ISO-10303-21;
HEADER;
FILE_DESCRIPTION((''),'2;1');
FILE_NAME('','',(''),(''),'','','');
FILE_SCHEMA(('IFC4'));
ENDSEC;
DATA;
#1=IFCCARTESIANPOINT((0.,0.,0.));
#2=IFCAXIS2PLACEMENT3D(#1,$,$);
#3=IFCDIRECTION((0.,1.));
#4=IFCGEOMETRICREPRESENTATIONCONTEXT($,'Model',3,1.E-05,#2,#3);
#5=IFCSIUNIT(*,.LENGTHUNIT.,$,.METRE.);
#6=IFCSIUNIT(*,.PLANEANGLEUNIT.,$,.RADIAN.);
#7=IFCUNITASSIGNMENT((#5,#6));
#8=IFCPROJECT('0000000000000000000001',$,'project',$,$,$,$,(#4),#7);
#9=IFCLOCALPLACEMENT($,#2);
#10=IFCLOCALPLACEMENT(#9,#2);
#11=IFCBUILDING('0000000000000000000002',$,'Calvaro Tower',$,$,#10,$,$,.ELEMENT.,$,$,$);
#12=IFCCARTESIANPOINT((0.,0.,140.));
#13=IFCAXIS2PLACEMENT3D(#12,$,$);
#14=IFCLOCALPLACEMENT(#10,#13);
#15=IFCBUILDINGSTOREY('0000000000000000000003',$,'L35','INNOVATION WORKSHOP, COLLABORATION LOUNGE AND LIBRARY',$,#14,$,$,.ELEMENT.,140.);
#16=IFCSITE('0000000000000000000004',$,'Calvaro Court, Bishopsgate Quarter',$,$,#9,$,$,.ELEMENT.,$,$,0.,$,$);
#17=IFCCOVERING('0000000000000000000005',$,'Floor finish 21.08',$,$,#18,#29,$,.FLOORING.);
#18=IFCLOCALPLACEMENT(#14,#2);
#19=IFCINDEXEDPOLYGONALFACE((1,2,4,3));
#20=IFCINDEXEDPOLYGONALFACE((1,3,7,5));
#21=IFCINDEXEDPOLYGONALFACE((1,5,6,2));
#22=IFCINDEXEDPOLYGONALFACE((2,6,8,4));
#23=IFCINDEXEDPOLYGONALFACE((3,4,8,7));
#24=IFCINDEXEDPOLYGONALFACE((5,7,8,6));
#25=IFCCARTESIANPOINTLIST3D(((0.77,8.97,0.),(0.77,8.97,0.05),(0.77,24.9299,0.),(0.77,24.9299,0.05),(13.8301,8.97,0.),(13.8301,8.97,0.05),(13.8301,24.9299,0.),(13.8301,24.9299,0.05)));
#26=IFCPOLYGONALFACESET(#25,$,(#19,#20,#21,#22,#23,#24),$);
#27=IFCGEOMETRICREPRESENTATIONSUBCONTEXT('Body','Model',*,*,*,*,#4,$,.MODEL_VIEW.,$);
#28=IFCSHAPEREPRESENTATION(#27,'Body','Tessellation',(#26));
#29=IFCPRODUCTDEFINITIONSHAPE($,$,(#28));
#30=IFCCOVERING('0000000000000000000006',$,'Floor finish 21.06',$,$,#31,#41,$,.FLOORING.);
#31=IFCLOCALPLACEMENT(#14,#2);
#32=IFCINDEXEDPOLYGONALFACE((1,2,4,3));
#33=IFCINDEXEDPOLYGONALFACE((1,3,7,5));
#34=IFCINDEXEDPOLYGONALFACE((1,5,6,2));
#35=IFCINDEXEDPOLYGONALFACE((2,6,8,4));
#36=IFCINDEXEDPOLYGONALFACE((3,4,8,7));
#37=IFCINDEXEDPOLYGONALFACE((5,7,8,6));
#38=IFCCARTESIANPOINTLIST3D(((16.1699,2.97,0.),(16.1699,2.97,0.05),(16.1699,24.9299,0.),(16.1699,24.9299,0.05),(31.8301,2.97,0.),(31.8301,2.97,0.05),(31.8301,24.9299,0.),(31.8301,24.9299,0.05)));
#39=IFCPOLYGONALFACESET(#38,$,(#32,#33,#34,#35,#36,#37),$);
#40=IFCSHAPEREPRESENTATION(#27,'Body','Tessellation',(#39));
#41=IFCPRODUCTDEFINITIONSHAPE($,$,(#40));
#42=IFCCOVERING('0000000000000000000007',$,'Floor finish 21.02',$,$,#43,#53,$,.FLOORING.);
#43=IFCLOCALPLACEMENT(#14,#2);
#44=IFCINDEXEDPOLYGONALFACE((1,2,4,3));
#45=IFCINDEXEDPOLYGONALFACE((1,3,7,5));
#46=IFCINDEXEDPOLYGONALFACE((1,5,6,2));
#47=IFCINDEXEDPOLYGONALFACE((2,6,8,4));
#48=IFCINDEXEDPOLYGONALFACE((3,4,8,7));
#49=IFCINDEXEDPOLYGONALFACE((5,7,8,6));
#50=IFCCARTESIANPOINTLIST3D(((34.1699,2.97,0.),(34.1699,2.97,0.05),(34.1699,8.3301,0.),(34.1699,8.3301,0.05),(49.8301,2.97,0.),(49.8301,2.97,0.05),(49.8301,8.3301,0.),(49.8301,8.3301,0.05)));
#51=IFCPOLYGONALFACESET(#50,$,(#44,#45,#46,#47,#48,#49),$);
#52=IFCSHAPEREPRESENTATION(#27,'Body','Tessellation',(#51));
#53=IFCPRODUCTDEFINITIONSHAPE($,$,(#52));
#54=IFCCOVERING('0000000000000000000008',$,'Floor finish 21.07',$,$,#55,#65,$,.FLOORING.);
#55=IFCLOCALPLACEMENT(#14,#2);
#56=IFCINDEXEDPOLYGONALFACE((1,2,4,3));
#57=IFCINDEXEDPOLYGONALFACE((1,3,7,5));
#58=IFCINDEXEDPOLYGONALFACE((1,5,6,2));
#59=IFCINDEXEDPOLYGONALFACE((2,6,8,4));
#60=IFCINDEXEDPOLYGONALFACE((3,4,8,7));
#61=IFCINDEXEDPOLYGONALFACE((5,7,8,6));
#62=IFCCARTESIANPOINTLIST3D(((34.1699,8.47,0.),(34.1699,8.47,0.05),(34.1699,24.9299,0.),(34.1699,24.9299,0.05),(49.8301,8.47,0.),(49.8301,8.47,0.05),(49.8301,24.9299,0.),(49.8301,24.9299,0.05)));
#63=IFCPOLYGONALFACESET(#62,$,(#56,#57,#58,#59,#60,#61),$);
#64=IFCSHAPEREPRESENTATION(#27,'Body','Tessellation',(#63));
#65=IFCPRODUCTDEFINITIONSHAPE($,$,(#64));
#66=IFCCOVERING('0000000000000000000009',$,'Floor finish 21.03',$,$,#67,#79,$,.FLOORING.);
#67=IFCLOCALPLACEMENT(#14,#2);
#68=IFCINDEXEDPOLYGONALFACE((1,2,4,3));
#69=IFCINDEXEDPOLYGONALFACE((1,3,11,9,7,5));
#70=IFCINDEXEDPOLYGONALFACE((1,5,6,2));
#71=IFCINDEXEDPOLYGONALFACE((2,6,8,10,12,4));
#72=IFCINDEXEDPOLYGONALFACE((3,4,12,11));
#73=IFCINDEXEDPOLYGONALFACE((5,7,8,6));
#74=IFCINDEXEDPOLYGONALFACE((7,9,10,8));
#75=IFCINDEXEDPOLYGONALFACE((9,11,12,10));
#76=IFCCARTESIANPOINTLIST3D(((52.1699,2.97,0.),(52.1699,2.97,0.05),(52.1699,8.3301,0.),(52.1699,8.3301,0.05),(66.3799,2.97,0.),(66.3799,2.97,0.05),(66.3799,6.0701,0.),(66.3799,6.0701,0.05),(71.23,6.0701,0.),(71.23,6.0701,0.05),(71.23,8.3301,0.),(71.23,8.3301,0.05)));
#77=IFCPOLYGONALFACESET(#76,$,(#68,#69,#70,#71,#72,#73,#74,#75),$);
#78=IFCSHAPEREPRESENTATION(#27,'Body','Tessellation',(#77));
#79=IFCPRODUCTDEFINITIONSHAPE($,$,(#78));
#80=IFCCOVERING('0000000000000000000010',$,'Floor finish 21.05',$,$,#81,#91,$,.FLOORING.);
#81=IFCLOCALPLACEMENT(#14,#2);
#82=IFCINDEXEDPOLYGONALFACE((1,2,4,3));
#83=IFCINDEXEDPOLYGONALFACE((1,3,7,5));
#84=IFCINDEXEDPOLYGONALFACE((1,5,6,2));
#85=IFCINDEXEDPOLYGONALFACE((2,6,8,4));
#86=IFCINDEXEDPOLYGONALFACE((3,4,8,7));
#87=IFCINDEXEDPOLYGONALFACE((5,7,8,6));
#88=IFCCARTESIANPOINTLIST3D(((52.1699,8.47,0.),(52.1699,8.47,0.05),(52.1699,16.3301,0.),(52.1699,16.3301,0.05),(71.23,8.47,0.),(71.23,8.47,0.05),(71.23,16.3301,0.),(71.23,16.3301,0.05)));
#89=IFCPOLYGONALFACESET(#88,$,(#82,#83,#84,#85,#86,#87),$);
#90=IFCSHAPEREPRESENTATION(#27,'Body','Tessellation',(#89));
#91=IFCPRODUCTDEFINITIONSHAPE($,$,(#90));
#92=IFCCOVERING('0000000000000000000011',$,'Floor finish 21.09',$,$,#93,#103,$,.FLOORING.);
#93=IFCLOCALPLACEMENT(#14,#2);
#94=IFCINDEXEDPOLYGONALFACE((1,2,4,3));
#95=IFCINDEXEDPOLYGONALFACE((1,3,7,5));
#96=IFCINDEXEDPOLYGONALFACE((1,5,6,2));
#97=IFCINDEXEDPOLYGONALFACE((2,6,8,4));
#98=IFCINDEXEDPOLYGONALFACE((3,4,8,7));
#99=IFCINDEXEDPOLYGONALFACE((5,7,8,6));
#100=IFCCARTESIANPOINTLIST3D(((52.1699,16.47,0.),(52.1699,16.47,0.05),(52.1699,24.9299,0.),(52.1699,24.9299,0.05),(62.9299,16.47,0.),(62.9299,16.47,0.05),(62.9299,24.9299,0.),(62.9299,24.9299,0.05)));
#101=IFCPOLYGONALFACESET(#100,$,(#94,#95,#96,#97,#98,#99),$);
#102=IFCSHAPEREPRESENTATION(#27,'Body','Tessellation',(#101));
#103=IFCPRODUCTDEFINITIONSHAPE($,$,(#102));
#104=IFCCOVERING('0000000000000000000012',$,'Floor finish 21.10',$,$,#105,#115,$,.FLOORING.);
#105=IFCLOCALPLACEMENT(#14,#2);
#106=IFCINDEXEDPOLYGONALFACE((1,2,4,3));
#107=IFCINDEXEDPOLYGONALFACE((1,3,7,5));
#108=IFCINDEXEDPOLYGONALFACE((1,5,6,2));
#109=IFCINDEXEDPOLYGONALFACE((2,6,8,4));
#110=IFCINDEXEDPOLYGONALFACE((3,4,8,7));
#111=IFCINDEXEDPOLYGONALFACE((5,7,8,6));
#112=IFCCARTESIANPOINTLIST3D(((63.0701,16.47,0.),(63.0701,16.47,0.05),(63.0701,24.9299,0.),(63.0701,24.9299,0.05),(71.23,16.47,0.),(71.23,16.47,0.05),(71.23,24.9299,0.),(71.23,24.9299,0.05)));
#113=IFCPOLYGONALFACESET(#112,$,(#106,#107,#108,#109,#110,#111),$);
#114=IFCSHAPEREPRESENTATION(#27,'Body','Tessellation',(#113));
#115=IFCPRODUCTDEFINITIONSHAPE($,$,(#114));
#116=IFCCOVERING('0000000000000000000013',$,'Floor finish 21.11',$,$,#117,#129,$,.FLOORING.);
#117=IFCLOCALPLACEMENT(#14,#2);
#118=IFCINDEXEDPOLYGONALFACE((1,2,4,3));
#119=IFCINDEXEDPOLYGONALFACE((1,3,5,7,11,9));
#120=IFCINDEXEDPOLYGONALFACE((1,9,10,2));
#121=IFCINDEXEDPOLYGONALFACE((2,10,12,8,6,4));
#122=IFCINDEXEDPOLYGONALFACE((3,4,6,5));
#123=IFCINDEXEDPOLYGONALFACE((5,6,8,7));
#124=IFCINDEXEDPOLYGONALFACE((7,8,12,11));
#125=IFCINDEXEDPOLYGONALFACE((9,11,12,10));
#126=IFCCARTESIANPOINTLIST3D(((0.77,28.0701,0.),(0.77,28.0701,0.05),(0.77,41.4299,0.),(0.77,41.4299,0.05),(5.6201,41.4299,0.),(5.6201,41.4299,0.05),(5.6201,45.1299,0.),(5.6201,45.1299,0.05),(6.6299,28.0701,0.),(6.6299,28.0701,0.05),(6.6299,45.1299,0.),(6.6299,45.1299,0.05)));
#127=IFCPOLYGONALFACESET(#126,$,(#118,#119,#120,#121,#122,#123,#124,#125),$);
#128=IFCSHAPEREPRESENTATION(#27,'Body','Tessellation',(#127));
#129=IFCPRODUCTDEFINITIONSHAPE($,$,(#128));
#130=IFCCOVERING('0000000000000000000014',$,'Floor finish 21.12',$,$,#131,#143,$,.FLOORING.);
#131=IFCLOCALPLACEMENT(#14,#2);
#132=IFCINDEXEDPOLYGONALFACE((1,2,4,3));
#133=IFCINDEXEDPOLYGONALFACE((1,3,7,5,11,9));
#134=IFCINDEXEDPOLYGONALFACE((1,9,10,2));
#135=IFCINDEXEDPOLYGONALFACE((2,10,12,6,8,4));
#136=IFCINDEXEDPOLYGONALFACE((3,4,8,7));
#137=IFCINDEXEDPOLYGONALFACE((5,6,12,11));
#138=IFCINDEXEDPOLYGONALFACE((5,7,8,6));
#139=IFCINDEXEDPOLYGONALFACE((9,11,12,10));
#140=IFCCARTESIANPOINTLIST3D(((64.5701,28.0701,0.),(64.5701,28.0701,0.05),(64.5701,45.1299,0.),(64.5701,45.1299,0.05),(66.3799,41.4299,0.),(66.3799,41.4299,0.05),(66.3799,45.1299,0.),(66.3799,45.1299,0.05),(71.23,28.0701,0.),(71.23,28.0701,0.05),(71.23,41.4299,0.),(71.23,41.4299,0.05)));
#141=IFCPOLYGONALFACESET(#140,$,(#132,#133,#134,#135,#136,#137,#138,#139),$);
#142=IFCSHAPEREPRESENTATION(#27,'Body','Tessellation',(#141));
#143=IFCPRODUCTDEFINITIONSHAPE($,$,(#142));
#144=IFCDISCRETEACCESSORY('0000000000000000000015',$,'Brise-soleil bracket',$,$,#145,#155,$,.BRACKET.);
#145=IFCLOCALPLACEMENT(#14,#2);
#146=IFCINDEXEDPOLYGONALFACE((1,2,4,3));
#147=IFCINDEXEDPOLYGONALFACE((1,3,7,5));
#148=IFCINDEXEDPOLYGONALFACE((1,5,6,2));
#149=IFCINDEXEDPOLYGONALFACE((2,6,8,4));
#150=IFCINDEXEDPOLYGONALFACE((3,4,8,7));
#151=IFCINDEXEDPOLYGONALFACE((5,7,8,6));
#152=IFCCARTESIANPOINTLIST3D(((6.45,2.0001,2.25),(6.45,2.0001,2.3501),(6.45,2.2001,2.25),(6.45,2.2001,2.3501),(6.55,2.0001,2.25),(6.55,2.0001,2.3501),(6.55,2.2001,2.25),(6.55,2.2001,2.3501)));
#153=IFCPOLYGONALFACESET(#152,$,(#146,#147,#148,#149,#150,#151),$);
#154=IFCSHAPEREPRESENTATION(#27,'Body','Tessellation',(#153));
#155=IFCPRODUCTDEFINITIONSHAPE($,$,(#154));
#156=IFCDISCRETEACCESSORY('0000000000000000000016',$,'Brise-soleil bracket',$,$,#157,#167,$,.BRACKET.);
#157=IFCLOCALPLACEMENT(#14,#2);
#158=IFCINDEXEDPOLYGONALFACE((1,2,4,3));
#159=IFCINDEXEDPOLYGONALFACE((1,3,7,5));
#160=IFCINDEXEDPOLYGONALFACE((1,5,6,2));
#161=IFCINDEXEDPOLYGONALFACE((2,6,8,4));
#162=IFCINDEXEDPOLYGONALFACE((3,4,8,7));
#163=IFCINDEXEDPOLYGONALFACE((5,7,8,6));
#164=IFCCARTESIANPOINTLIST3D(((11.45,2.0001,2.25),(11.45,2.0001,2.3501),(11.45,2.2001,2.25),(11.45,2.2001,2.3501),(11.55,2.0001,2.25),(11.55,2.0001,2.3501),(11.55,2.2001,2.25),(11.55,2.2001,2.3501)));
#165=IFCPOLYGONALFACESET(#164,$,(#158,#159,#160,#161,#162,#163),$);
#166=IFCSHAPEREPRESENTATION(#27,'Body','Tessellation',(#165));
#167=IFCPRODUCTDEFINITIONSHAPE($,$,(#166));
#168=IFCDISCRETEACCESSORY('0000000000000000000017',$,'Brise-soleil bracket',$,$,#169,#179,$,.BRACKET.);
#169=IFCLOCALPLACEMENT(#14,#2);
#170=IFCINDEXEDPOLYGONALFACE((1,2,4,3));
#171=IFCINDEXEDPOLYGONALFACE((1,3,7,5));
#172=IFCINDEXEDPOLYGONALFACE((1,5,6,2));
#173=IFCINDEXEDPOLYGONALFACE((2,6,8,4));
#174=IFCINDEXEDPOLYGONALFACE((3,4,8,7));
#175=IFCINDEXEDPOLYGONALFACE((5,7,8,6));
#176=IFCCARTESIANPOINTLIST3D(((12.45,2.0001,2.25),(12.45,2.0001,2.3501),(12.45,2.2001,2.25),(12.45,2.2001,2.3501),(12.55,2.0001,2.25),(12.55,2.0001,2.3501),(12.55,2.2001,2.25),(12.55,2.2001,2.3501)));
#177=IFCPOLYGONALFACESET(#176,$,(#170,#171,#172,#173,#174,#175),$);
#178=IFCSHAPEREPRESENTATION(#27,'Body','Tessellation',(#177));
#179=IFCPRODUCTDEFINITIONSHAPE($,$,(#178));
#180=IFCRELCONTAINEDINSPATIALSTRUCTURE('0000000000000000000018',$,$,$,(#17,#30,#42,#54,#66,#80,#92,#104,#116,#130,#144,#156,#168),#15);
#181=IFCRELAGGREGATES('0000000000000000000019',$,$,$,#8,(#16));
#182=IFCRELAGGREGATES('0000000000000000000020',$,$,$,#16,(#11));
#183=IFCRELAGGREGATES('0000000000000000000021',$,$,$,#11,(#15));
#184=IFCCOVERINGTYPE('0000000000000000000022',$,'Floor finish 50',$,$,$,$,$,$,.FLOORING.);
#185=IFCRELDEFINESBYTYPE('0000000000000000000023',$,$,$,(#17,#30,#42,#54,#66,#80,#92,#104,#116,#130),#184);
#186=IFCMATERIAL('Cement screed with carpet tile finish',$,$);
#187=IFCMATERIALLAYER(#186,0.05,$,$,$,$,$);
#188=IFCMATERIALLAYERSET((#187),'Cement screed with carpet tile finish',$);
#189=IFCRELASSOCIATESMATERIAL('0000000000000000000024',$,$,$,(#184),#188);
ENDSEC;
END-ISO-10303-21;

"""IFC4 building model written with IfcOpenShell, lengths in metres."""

from ifc_helpers import new_model, si_unit, direction, frame, origin, origin_2d, place, context, subcontext, project, spatial, polyline, rectangle, outline, extrude, material, layer, layer_set, type_object, element, save


model = new_model("IFC4")

# Units and contexts
model_context = context("Model", 3, precision=1e-05, world=origin(), true_north=direction((0.0, 1.0)))
body_context = subcontext(model_context, "Body", "Model", "MODEL_VIEW")
ifc_project = project(units=[si_unit("LENGTHUNIT", "METRE"), si_unit("PLANEANGLEUNIT", "RADIAN")], contexts=[model_context])

# Site, building, storey
site_placement = place(None, origin())
site = spatial("IfcSite", under=ifc_project, at=site_placement, Name="Calvaro Court, Bishopsgate Quarter", CompositionType="ELEMENT", RefElevation=0.0)
building_placement = place(site_placement, origin())
building = spatial("IfcBuilding", under=site, at=building_placement, Name="Calvaro Tower", CompositionType="ELEMENT")
storey_placement = place(building_placement, frame((0.0, 0.0, 140.0)))
storey = spatial("IfcBuildingStorey", under=building, at=storey_placement, Name="L35", Description="INNOVATION WORKSHOP, COLLABORATION LOUNGE AND LIBRARY", CompositionType="ELEMENT", Elevation=140.0)

# Coverings
ifc_material_1 = material(Name="Cement screed with carpet tile finish")
ifc_layer_1 = layer(ifc_material_1, 0.05)
ifc_layer_set_1 = layer_set([ifc_layer_1], Name="Cement screed with carpet tile finish")
covering_type = type_object("IfcCoveringType", Name="Floor finish 50", PredefinedType="FLOORING", material=ifc_layer_set_1)
covering_1_placement = place(storey_placement, origin())
element("IfcCovering", 1, at=covering_1_placement, inside=storey, type_object=covering_type, Name="Floor finish 21.08", PredefinedType="FLOORING", context=body_context, shape_type="SweptSolid", body=[
    extrude(outline(polyline([(13.8301, 24.9299), (13.8301, 8.97), (0.77, 8.97), (0.77, 24.9299), (13.8301, 24.9299)])), origin(), (0.0, 0.0, 1.0), 0.05),
])
covering_2_placement = place(storey_placement, origin())
element("IfcCovering", 2, at=covering_2_placement, inside=storey, type_object=covering_type, Name="Floor finish 21.06", PredefinedType="FLOORING", context=body_context, shape_type="SweptSolid", body=[
    extrude(outline(polyline([(16.1699, 24.9299), (31.8301, 24.9299), (31.8301, 2.97), (16.1699, 2.97), (16.1699, 24.9299)])), origin(), (0.0, 0.0, 1.0), 0.05),
])
covering_3_placement = place(storey_placement, origin())
element("IfcCovering", 3, at=covering_3_placement, inside=storey, type_object=covering_type, Name="Floor finish 21.02", PredefinedType="FLOORING", context=body_context, shape_type="SweptSolid", body=[
    extrude(outline(polyline([(34.1699, 8.3301), (49.8301, 8.3301), (49.8301, 2.97), (34.1699, 2.97), (34.1699, 8.3301)])), origin(), (0.0, 0.0, 1.0), 0.05),
])
covering_4_placement = place(storey_placement, origin())
element("IfcCovering", 4, at=covering_4_placement, inside=storey, type_object=covering_type, Name="Floor finish 21.07", PredefinedType="FLOORING", context=body_context, shape_type="SweptSolid", body=[
    extrude(outline(polyline([(34.1699, 8.47), (34.1699, 24.9299), (49.8301, 24.9299), (49.8301, 8.47), (34.1699, 8.47)])), origin(), (0.0, 0.0, 1.0), 0.05),
])
covering_5_placement = place(storey_placement, origin())
element("IfcCovering", 5, at=covering_5_placement, inside=storey, type_object=covering_type, Name="Floor finish 21.03", PredefinedType="FLOORING", context=body_context, shape_type="SweptSolid", body=[
    extrude(outline(polyline([(71.23, 6.0701), (66.3799, 6.0701), (66.3799, 2.97), (52.1699, 2.97), (52.1699, 8.3301), (71.23, 8.3301), (71.23, 6.0701)])), origin(), (0.0, 0.0, 1.0), 0.05),
])
covering_6_placement = place(storey_placement, origin())
element("IfcCovering", 6, at=covering_6_placement, inside=storey, type_object=covering_type, Name="Floor finish 21.05", PredefinedType="FLOORING", context=body_context, shape_type="SweptSolid", body=[
    extrude(outline(polyline([(71.23, 8.47), (52.1699, 8.47), (52.1699, 16.3301), (71.23, 16.3301), (71.23, 8.47)])), origin(), (0.0, 0.0, 1.0), 0.05),
])
covering_7_placement = place(storey_placement, origin())
element("IfcCovering", 7, at=covering_7_placement, inside=storey, type_object=covering_type, Name="Floor finish 21.09", PredefinedType="FLOORING", context=body_context, shape_type="SweptSolid", body=[
    extrude(outline(polyline([(52.1699, 16.47), (52.1699, 24.9299), (62.9299, 24.9299), (62.9299, 16.47), (52.1699, 16.47)])), origin(), (0.0, 0.0, 1.0), 0.05),
])
covering_8_placement = place(storey_placement, origin())
element("IfcCovering", 8, at=covering_8_placement, inside=storey, type_object=covering_type, Name="Floor finish 21.10", PredefinedType="FLOORING", context=body_context, shape_type="SweptSolid", body=[
    extrude(outline(polyline([(71.23, 16.47), (63.0701, 16.47), (63.0701, 24.9299), (71.23, 24.9299), (71.23, 16.47)])), origin(), (0.0, 0.0, 1.0), 0.05),
])
covering_9_placement = place(storey_placement, origin())
element("IfcCovering", 9, at=covering_9_placement, inside=storey, type_object=covering_type, Name="Floor finish 21.11", PredefinedType="FLOORING", context=body_context, shape_type="SweptSolid", body=[
    extrude(outline(polyline([(6.6299, 28.0701), (0.77, 28.0701), (0.77, 41.4299), (5.6201, 41.4299), (5.6201, 45.1299), (6.6299, 45.1299), (6.6299, 28.0701)])), origin(), (0.0, 0.0, 1.0), 0.05),
])
covering_10_placement = place(storey_placement, origin())
element("IfcCovering", 10, at=covering_10_placement, inside=storey, type_object=covering_type, Name="Floor finish 21.12", PredefinedType="FLOORING", context=body_context, shape_type="SweptSolid", body=[
    extrude(outline(polyline([(71.23, 28.0701), (64.5701, 28.0701), (64.5701, 45.1299), (66.3799, 45.1299), (66.3799, 41.4299), (71.23, 41.4299), (71.23, 28.0701)])), origin(), (0.0, 0.0, 1.0), 0.05),
])

# Discrete accessories
for number, where, z_axis, x_axis, name in (
    (11, (6.5, 2.1001, 2.25), (0.0, 0.0, 1.0), (1.0, 0.0, 0.0), "Brise-soleil bracket"),
    (12, (11.5, 2.1001, 2.25), (0.0, 0.0, 1.0), (1.0, 0.0, 0.0), "Brise-soleil bracket"),
    (13, (12.5, 2.1001, 2.25), (0.0, 0.0, 1.0), (1.0, 0.0, 0.0), "Brise-soleil bracket"),
):
    element("IfcDiscreteAccessory", number, at=place(storey_placement, frame(where, z_axis=z_axis, x_axis=x_axis)), inside=storey, Name=name, PredefinedType="BRACKET", context=body_context, shape_type="SweptSolid", body=[
        extrude(rectangle(XDim=0.1001, YDim=0.2, at=origin_2d()), origin(), (0.0, 0.0, 1.0), 0.1001),
    ])

save(model, "model.ifc")
